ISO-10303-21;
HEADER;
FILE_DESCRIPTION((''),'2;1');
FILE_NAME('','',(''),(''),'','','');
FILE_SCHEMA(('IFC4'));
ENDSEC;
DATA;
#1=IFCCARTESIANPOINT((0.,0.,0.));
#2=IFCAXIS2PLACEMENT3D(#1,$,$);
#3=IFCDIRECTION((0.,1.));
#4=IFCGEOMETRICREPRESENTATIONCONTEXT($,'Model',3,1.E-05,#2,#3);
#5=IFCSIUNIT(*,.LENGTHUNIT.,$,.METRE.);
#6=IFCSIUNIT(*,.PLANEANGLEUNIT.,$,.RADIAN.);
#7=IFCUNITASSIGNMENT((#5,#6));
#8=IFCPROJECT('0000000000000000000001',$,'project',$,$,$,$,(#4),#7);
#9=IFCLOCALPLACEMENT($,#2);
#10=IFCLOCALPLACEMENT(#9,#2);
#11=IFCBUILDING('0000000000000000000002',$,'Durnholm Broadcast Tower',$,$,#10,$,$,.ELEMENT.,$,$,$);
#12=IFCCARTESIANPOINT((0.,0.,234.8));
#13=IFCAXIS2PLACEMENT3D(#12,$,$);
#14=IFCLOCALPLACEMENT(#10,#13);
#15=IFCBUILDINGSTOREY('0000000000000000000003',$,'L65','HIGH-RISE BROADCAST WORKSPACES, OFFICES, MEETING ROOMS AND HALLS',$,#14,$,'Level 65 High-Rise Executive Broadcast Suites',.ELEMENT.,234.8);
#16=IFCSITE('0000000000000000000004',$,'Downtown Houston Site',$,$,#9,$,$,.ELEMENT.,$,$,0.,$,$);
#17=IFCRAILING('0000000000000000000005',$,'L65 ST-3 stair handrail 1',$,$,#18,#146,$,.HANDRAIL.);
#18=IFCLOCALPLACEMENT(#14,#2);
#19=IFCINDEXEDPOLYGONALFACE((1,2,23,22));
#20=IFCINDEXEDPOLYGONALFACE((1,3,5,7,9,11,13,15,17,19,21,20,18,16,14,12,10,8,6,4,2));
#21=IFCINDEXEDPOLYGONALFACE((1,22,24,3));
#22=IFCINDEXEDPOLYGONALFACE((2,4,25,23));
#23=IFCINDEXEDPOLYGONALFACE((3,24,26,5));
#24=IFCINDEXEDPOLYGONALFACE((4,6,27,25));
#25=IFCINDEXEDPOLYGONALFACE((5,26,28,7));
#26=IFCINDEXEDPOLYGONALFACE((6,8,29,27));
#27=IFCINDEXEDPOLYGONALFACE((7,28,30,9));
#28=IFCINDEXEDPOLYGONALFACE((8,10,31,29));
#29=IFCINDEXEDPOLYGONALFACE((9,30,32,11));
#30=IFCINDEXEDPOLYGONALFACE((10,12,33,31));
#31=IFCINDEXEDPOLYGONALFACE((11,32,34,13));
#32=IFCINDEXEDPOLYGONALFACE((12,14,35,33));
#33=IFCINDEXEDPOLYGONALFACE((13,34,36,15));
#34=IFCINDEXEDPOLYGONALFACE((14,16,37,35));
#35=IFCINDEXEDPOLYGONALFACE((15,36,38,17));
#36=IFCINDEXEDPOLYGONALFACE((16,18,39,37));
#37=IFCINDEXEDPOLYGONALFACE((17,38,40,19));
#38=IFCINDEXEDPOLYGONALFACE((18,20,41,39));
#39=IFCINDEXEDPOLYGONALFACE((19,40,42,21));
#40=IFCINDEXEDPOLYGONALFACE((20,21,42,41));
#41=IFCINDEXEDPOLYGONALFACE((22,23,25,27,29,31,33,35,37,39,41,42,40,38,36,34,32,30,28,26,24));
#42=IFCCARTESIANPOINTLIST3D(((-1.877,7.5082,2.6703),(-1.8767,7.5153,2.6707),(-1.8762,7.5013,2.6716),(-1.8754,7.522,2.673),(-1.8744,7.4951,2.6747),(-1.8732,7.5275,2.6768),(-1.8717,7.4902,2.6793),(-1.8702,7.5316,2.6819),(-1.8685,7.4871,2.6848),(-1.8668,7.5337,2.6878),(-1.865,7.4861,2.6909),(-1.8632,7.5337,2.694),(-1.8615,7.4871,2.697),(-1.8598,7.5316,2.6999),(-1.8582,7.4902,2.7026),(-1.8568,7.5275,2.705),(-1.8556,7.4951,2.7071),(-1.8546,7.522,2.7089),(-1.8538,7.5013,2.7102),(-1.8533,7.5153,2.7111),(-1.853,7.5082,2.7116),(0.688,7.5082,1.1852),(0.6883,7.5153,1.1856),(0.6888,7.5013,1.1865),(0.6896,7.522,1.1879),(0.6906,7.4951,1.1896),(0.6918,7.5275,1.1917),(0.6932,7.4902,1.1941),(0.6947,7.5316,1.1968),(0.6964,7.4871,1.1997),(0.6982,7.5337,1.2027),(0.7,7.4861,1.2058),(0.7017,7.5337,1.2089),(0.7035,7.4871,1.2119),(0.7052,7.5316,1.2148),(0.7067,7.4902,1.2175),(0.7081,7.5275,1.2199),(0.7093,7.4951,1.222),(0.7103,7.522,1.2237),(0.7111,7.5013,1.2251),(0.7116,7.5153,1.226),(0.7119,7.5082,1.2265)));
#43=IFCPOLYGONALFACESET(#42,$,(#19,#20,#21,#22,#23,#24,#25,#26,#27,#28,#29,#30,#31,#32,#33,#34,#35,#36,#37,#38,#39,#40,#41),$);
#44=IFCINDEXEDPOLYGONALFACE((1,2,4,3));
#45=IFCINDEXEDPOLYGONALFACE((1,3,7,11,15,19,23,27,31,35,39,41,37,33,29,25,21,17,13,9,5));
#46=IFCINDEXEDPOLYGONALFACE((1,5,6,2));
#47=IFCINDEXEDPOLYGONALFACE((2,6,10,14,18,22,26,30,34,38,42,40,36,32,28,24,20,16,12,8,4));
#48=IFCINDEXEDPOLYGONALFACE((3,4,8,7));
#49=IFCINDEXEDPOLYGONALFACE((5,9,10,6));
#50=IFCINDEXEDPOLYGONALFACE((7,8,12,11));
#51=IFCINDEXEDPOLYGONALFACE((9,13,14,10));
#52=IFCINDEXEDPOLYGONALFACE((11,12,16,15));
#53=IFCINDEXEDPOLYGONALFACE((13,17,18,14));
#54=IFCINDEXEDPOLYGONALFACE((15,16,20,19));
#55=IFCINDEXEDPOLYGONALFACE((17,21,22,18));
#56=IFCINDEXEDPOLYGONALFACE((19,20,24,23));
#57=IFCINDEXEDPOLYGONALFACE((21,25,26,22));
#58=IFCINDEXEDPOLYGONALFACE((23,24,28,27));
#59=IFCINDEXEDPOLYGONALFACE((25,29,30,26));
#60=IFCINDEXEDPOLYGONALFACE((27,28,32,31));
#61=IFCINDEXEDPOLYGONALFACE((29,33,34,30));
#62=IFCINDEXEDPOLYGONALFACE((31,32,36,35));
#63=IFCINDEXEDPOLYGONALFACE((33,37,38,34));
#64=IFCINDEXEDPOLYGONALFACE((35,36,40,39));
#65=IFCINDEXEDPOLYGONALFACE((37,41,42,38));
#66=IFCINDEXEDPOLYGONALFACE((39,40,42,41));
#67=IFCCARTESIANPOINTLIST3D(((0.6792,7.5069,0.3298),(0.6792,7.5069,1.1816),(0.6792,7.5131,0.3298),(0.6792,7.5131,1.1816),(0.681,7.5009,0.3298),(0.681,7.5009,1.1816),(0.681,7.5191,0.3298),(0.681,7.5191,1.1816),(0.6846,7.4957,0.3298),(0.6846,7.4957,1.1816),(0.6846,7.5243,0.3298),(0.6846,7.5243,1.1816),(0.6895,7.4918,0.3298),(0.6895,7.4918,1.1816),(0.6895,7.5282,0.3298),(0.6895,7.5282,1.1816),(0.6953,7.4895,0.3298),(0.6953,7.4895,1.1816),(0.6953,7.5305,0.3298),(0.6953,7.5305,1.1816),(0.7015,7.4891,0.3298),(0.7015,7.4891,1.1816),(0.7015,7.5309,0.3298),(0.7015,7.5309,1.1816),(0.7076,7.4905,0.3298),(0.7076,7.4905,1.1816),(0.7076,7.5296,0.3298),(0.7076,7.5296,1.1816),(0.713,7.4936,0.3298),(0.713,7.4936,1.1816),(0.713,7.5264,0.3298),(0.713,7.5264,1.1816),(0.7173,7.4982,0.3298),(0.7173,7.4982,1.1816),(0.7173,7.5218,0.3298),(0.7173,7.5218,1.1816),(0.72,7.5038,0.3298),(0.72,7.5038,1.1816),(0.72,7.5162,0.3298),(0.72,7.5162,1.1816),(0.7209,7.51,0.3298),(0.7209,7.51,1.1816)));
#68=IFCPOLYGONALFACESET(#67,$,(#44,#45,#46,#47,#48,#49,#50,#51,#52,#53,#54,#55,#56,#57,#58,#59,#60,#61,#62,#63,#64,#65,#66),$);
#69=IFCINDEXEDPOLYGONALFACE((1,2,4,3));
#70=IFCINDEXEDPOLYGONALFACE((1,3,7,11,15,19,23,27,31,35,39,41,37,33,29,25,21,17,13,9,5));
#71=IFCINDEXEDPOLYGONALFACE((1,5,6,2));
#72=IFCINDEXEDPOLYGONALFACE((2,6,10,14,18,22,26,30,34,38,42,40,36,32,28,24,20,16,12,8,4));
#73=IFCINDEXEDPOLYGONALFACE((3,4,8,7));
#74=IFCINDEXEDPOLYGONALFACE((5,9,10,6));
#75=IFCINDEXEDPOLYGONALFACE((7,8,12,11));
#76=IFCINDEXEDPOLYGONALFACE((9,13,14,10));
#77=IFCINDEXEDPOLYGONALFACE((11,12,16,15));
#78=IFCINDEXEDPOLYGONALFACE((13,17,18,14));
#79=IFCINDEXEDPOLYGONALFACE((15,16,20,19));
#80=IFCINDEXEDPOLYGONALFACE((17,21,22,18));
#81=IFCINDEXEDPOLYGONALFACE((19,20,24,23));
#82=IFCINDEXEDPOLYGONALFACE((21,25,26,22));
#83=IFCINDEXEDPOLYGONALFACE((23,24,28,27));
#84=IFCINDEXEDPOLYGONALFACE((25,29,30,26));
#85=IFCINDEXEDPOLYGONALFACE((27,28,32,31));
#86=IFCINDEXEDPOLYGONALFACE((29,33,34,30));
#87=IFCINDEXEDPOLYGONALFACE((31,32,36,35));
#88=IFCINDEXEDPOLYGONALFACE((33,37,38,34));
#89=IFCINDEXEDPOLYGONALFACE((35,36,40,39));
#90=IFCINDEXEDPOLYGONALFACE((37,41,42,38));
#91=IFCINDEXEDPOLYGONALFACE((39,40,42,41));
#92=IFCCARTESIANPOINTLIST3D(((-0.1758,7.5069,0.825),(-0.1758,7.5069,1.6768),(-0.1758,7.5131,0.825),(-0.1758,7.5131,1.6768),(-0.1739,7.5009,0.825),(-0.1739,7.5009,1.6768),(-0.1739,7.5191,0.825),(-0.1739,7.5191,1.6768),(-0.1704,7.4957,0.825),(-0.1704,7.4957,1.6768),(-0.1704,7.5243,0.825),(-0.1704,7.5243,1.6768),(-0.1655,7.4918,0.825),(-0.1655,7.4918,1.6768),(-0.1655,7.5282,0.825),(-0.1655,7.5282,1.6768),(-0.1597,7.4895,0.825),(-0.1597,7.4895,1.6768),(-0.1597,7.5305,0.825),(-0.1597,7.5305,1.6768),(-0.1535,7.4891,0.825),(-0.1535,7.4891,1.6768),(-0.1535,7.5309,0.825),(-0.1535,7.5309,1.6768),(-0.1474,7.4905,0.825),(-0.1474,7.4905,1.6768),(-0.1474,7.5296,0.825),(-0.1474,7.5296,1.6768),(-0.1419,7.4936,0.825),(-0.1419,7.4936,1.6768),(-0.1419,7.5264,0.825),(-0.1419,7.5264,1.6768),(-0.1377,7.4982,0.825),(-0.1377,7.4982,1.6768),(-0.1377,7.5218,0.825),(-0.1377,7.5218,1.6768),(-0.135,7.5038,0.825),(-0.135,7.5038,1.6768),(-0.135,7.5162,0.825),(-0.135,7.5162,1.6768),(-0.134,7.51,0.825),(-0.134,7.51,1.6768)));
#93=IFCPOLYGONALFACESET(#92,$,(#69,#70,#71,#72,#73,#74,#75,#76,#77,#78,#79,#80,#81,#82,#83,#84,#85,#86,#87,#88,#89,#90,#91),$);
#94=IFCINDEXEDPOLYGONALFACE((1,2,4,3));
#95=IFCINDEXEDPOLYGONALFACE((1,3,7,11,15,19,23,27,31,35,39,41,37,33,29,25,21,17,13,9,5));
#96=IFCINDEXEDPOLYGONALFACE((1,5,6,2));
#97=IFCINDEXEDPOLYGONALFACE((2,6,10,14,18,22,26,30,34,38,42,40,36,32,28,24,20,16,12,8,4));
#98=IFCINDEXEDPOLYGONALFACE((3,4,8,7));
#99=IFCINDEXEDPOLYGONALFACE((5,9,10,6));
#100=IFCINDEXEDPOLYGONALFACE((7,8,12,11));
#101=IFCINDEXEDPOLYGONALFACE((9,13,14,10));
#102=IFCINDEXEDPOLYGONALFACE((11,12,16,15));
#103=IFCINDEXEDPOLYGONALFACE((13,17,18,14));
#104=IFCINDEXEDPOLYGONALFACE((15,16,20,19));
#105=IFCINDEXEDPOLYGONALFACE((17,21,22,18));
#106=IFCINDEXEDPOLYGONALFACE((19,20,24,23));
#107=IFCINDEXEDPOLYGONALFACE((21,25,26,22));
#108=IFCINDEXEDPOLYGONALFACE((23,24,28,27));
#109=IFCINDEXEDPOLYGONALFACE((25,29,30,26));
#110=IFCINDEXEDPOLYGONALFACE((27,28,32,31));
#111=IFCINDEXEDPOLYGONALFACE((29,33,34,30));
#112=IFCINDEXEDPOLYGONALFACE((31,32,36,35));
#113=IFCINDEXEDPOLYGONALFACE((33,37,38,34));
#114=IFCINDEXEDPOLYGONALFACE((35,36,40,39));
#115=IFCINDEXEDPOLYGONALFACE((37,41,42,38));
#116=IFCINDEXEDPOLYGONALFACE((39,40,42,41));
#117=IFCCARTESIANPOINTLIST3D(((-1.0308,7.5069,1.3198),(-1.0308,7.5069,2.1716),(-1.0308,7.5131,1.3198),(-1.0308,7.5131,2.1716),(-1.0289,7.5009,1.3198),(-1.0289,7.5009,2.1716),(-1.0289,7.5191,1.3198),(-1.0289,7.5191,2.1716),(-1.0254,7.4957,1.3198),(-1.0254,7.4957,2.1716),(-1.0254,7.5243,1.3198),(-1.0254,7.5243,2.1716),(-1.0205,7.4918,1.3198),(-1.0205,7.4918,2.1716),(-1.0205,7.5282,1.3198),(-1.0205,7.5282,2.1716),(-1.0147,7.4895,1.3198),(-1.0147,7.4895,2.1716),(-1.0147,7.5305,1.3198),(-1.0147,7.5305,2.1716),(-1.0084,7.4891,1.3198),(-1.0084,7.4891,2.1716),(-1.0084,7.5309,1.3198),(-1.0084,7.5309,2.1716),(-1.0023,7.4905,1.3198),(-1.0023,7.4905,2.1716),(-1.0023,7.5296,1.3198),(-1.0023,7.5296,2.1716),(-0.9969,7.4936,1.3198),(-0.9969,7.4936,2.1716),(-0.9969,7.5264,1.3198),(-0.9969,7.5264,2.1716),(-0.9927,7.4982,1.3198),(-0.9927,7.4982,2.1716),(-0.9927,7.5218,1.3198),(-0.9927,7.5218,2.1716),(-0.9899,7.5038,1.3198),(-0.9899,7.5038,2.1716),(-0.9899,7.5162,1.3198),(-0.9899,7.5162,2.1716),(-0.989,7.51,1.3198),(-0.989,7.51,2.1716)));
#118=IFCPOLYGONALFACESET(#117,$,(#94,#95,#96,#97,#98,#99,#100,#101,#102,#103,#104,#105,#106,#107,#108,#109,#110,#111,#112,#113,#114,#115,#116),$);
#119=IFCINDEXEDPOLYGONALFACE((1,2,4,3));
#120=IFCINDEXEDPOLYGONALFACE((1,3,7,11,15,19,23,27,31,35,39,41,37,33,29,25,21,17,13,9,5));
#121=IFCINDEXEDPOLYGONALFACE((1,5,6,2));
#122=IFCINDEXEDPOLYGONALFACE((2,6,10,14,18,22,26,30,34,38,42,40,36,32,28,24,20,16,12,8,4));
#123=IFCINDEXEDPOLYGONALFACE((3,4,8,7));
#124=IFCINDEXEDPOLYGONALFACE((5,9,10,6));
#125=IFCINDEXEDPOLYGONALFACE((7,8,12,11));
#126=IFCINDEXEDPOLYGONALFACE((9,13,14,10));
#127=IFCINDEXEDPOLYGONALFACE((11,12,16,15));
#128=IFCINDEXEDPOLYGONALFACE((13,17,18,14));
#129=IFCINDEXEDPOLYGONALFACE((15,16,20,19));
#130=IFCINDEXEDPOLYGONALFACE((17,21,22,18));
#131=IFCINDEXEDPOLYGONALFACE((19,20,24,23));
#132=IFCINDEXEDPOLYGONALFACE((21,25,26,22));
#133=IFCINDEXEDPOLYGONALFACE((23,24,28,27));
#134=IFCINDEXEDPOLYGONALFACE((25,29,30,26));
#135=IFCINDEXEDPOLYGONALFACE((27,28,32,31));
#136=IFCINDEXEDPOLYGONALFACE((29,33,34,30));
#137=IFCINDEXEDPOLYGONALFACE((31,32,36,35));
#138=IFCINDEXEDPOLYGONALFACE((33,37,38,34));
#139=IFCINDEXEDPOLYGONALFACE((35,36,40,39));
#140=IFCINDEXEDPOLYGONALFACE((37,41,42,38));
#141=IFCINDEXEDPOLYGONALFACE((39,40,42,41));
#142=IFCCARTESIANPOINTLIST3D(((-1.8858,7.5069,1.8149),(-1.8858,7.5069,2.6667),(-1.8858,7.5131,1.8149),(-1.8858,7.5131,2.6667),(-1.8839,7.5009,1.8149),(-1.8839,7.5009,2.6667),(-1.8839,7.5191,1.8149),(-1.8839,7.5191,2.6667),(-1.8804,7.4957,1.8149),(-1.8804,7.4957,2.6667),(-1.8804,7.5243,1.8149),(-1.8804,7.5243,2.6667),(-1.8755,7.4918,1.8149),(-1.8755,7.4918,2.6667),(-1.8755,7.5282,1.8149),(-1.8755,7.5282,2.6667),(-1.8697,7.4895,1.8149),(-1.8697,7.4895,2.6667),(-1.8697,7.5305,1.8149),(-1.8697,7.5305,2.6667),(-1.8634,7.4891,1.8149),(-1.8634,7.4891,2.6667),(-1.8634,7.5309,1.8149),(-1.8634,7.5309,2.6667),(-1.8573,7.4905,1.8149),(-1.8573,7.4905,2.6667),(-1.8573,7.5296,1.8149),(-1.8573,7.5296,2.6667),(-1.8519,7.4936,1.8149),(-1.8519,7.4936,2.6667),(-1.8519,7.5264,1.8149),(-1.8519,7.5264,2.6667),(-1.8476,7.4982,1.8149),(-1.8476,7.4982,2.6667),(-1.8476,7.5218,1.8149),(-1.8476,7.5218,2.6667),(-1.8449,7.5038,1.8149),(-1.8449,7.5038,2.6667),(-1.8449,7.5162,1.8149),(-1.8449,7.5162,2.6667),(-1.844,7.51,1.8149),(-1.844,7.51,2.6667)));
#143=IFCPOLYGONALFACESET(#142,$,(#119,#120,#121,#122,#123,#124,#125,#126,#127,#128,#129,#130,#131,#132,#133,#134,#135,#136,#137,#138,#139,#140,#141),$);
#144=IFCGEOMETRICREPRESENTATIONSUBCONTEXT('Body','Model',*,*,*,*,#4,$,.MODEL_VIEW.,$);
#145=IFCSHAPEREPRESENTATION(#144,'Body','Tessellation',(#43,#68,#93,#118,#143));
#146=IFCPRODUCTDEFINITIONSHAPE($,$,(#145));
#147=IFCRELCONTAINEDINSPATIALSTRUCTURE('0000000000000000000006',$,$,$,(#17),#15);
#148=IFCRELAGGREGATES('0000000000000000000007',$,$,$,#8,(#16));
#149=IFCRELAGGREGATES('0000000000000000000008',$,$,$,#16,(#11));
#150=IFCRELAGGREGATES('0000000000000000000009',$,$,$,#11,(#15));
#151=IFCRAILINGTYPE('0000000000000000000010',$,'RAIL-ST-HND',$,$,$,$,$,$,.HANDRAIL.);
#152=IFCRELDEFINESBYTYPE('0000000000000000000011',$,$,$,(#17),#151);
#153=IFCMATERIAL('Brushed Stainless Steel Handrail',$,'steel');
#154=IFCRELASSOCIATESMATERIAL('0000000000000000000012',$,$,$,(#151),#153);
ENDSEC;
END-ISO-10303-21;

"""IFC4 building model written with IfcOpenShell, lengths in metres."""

from ifc_helpers import new_model, si_unit, direction, frame, origin, origin_2d, place, context, subcontext, project, spatial, circle, extrude, material, type_object, element, save


model = new_model("IFC4")

# Units and contexts
model_context = context("Model", 3, precision=1e-05, world=origin(), true_north=direction((0.0, 1.0)))
body_context = subcontext(model_context, "Body", "Model", "MODEL_VIEW")
ifc_project = project(units=[si_unit("LENGTHUNIT", "METRE"), si_unit("PLANEANGLEUNIT", "RADIAN")], contexts=[model_context])

# Site, building, storey
site_placement = place(None, origin())
site = spatial("IfcSite", under=ifc_project, at=site_placement, Name="Downtown Houston Site", CompositionType="ELEMENT", RefElevation=0.0)
building_placement = place(site_placement, origin())
building = spatial("IfcBuilding", under=site, at=building_placement, Name="Durnholm Broadcast Tower", CompositionType="ELEMENT")
storey_placement = place(building_placement, frame((0.0, 0.0, 234.8)))
storey = spatial("IfcBuildingStorey", under=building, at=storey_placement, Name="L65", Description="HIGH-RISE BROADCAST WORKSPACES, OFFICES, MEETING ROOMS AND HALLS", LongName="Level 65 High-Rise Executive Broadcast Suites", CompositionType="ELEMENT", Elevation=234.8)

# Railing
ifc_material_1 = material(Name="Brushed Stainless Steel Handrail", Category="steel")
railing_type_1 = type_object("IfcRailingType", Name="RAIL-ST-HND", PredefinedType="HANDRAIL", material=ifc_material_1)
railing_1_placement = place(storey_placement, frame((0.7, 7.51, 0.3298)))
element("IfcRailing", 1, at=railing_1_placement, inside=storey, type_object=railing_type_1, Name="L65 ST-3 stair handrail 1", PredefinedType="HANDRAIL", context=body_context, shape_type="SweptSolid", body=[
    extrude(circle(Radius=0.0239, at=origin_2d()), frame((0.0, 0.0, 0.876), z_axis=(-0.865406, 0.0, 0.501072), x_axis=(0.0, -1.0, 0.0)), (0.0, 0.0, 1.0), 2.9639),
    extrude(circle(Radius=0.021, at=origin_2d()), origin(), (0.0, 0.0, 1.0), 0.8518),
    extrude(circle(Radius=0.021, at=origin_2d()), frame((-0.855, 0.0, 0.4951)), (0.0, 0.0, 1.0), 0.8518),
    extrude(circle(Radius=0.021, at=origin_2d()), frame((-1.71, 0.0, 0.99)), (0.0, 0.0, 1.0), 0.8518),
    extrude(circle(Radius=0.021, at=origin_2d()), frame((-2.5649, 0.0, 1.4851)), (0.0, 0.0, 1.0), 0.8518),
])

save(model, "model.ifc")
